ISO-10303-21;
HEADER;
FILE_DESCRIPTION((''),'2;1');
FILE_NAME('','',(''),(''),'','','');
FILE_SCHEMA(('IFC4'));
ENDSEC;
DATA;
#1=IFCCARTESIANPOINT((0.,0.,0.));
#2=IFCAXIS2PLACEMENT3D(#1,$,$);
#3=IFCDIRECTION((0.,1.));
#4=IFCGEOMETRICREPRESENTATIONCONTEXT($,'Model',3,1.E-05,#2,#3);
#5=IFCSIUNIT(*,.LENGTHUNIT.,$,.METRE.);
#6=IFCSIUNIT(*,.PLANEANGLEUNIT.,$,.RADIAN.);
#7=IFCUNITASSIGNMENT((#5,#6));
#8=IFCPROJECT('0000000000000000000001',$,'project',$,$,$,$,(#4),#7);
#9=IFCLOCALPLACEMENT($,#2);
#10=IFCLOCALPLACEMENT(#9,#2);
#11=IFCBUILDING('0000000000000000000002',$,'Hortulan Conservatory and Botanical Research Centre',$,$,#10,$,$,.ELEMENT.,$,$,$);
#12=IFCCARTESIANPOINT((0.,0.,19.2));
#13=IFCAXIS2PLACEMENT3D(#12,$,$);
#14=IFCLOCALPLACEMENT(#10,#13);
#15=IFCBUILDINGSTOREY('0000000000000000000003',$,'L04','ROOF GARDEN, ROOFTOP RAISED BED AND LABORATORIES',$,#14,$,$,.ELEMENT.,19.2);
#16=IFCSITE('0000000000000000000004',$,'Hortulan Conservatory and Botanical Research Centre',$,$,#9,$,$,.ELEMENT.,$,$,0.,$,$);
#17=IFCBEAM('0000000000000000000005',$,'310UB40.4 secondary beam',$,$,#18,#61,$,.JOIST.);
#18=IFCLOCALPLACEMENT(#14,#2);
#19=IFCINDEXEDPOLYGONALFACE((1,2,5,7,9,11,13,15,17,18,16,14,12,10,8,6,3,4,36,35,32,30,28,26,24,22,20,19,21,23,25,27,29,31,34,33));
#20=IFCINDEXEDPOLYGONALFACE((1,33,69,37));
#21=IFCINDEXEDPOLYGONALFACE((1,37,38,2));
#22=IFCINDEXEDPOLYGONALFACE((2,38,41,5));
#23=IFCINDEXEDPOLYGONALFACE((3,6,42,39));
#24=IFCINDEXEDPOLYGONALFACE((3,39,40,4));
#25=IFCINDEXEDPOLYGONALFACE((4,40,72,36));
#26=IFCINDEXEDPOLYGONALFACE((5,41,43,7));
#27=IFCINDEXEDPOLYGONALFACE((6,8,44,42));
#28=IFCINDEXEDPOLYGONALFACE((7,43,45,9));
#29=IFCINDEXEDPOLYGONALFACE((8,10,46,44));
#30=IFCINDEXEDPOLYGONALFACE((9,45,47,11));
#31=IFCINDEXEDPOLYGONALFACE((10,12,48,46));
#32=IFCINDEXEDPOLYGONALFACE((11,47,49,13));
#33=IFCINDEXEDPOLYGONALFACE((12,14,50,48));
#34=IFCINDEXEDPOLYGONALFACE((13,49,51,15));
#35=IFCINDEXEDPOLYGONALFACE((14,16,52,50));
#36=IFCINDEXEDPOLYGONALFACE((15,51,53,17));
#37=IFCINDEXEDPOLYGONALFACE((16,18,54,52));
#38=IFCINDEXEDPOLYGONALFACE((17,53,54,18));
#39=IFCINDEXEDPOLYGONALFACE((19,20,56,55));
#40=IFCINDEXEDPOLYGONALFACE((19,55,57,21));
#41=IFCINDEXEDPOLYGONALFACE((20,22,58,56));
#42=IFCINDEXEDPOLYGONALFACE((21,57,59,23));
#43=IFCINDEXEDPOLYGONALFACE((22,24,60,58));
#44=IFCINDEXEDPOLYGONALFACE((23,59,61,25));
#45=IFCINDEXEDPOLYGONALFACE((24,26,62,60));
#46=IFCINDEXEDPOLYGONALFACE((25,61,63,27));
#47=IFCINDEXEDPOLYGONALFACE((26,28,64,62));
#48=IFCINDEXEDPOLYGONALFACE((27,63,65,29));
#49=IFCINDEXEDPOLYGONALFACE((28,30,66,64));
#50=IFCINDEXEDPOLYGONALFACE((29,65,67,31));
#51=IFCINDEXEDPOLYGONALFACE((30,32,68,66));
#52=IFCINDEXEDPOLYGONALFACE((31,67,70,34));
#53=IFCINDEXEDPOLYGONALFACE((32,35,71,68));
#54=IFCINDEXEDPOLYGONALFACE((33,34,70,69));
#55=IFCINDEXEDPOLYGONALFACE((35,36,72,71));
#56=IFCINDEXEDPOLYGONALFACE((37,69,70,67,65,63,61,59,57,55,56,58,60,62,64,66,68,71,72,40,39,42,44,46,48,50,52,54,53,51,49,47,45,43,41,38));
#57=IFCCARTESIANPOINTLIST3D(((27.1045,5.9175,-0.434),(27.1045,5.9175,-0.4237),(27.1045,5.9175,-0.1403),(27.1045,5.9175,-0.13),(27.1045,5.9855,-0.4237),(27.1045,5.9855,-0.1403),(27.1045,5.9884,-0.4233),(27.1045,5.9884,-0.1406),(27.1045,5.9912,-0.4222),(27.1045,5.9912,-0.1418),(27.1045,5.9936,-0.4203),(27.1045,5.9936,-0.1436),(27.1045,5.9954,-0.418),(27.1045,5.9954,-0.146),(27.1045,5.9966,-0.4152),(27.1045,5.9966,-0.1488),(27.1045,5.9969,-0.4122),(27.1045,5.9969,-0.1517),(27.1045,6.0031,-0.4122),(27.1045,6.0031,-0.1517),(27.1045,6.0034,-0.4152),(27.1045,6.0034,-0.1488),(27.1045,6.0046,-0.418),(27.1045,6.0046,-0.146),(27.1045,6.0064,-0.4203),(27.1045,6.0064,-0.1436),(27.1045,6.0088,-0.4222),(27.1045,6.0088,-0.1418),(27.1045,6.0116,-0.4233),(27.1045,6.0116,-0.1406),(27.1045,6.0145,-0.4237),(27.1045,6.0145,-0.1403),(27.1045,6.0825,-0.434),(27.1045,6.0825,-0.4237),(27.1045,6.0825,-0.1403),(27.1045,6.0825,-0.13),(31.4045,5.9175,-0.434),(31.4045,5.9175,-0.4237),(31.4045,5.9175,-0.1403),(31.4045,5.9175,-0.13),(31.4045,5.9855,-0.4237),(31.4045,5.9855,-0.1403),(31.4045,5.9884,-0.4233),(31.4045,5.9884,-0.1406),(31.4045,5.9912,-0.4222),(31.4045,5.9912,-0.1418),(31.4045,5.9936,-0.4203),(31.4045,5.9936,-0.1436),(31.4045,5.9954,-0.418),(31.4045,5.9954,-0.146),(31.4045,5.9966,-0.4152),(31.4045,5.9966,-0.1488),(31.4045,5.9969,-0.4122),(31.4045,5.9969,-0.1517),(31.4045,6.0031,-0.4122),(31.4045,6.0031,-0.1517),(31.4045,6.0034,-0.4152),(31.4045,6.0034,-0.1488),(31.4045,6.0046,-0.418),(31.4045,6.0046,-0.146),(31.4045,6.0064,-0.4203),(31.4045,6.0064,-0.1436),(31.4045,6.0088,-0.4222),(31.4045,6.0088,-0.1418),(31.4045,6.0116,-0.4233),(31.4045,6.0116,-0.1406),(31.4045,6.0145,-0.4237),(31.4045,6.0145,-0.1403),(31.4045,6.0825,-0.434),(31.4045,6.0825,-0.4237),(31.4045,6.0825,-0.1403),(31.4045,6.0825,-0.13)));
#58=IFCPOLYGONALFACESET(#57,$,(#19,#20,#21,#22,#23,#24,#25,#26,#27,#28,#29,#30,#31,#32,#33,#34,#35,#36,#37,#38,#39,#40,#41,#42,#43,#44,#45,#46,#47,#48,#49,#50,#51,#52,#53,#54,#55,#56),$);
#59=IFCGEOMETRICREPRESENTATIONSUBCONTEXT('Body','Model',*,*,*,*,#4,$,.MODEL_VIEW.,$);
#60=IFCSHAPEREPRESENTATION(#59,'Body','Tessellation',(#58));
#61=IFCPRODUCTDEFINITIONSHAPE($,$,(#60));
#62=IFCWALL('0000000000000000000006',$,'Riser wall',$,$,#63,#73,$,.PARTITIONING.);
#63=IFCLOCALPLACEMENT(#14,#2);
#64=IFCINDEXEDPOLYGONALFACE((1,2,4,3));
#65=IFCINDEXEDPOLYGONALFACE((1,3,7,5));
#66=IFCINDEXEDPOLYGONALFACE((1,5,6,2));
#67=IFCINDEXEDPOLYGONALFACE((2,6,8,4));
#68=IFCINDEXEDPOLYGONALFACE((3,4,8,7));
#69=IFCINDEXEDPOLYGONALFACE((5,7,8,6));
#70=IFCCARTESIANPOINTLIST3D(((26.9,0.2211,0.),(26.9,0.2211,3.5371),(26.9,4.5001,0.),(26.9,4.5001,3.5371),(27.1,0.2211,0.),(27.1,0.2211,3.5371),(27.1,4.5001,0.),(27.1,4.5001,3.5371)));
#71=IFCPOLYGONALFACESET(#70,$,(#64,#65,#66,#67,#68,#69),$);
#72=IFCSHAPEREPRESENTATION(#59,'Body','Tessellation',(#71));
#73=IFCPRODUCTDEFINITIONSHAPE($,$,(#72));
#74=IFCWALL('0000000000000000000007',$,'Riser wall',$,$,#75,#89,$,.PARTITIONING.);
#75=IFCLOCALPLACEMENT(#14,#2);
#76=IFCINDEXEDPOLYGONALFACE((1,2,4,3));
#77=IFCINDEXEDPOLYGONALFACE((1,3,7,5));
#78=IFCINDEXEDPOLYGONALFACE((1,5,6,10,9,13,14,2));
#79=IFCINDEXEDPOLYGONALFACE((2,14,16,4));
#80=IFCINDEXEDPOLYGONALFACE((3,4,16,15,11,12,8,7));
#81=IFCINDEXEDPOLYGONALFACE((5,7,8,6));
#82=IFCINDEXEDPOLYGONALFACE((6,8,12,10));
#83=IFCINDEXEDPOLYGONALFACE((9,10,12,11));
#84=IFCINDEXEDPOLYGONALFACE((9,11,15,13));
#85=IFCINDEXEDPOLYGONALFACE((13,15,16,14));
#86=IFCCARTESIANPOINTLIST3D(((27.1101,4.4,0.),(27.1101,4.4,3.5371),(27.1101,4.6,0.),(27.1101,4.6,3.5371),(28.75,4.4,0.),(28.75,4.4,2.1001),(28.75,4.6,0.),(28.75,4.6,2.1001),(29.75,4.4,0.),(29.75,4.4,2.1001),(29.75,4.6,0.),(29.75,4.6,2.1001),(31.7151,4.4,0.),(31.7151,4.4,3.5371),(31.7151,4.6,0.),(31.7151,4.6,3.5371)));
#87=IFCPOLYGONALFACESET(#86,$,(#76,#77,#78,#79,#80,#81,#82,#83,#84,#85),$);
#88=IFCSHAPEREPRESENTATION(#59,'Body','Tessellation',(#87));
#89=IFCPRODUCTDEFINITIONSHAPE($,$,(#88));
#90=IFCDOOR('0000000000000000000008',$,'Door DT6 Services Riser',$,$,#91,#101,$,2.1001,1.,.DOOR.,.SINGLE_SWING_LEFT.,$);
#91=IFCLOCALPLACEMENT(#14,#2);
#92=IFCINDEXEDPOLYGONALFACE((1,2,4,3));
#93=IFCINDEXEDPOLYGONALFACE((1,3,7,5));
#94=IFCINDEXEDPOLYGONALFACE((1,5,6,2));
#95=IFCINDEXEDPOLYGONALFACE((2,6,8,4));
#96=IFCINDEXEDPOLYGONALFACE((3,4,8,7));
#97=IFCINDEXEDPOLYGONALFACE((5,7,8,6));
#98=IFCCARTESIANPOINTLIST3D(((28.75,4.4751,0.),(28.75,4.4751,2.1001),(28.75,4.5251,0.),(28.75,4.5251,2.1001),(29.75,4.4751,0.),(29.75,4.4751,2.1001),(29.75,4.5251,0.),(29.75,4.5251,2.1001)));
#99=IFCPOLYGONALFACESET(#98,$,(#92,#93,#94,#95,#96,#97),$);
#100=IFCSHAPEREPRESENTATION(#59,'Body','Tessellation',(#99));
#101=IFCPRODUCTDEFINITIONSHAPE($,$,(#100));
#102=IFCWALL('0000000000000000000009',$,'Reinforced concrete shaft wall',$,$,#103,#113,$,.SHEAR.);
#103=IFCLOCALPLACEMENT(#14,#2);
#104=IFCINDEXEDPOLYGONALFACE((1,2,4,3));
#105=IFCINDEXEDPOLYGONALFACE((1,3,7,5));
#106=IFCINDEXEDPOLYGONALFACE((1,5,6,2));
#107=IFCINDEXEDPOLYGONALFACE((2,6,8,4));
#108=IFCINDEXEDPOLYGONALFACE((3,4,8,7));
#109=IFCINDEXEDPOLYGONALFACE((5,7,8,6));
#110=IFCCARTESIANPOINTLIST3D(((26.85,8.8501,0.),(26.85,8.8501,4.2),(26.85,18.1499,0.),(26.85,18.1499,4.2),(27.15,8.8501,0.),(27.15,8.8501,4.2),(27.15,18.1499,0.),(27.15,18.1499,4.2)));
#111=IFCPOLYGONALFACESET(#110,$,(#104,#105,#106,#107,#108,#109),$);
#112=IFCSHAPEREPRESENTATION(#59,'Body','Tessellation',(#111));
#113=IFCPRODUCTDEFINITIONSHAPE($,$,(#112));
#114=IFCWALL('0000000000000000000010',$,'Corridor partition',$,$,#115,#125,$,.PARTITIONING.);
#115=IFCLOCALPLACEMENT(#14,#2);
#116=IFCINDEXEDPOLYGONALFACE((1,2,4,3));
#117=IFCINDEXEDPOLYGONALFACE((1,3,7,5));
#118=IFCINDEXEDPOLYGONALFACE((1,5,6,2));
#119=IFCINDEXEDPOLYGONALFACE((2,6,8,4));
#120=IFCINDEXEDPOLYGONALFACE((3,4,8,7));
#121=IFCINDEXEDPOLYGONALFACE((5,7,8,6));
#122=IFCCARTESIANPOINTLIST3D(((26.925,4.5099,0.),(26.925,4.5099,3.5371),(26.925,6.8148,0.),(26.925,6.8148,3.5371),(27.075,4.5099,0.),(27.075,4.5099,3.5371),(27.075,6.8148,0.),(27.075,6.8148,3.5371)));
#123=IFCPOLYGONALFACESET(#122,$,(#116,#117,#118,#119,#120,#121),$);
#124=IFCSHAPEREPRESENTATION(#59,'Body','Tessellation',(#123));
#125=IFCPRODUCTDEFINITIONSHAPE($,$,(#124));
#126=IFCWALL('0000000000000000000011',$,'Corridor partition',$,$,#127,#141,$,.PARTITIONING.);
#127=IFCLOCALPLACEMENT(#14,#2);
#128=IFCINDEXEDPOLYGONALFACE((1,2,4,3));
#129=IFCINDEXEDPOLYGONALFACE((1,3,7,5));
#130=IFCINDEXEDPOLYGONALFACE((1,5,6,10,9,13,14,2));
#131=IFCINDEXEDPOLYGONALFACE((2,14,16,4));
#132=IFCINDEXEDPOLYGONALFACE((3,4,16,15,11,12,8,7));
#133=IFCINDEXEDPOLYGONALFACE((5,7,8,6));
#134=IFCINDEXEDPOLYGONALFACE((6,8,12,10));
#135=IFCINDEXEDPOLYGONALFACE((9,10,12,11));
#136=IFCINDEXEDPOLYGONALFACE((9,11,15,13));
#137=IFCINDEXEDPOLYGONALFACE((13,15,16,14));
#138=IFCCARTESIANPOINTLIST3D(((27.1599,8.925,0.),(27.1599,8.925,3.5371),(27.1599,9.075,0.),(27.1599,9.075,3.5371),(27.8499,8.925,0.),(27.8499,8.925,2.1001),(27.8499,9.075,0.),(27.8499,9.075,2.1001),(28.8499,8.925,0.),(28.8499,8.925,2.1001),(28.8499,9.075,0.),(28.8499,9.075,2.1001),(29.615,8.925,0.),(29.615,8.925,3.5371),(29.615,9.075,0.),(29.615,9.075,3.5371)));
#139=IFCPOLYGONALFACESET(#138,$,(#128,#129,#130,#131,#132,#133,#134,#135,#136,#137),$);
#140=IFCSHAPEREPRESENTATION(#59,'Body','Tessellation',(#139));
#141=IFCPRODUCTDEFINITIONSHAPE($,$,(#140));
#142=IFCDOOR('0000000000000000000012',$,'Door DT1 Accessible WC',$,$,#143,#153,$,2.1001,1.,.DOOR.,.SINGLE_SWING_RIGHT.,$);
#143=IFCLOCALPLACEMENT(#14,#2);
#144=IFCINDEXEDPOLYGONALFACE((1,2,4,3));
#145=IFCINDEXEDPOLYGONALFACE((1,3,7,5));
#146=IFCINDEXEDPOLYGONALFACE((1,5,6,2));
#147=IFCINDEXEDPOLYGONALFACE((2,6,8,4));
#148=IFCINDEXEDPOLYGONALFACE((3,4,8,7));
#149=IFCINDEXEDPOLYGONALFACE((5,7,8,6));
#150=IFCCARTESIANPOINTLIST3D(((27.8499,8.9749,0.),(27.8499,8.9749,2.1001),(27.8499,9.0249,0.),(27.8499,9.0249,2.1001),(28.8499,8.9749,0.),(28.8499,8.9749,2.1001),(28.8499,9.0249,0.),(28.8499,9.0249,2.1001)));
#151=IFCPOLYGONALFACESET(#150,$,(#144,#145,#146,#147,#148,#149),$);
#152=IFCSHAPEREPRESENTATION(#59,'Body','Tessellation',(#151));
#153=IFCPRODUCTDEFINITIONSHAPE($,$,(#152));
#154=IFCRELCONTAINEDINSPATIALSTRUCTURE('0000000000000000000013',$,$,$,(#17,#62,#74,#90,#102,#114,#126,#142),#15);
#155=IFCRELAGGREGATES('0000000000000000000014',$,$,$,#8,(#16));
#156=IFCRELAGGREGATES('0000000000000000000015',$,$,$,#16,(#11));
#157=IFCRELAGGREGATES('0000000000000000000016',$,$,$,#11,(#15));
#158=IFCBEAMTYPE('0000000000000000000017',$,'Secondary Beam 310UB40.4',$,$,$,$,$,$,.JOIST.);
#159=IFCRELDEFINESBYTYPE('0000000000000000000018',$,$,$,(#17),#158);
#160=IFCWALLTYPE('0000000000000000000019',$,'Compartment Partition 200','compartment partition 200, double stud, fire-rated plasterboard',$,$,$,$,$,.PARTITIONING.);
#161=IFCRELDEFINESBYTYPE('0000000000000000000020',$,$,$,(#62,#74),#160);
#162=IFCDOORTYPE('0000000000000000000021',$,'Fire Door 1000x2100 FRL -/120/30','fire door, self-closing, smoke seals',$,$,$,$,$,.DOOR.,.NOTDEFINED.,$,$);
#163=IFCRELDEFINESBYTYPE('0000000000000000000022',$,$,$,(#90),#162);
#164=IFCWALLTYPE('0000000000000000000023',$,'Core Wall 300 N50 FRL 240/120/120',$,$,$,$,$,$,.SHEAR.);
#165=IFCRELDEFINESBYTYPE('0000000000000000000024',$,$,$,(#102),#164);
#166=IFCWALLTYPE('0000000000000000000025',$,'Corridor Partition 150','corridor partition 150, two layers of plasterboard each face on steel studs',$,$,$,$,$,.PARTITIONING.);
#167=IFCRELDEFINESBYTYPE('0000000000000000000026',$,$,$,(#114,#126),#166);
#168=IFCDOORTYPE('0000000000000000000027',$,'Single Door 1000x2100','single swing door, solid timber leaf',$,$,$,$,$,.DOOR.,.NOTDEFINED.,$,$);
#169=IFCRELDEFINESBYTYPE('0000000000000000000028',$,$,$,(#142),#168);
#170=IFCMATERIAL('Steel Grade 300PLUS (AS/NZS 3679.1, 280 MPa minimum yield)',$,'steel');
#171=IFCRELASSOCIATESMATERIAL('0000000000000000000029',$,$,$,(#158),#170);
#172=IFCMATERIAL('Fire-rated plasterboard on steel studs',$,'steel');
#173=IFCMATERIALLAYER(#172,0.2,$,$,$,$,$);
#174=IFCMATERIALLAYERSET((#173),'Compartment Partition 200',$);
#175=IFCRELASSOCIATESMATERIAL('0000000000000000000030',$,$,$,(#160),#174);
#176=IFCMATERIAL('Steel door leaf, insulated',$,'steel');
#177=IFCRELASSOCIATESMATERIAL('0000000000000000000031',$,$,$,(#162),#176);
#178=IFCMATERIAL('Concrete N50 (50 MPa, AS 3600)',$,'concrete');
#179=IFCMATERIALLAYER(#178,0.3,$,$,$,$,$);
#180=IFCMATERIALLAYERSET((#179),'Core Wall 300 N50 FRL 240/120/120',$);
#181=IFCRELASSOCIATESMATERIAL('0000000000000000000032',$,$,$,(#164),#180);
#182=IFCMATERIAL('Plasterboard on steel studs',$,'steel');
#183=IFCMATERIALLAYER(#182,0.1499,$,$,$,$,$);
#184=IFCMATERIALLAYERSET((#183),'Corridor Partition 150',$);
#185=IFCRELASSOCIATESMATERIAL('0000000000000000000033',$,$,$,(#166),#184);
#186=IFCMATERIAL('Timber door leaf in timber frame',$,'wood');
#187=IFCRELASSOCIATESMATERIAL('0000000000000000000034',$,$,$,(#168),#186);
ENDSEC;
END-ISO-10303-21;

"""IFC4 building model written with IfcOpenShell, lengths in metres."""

from ifc_helpers import new_model, si_unit, direction, frame, frame_2d, origin, origin_2d, place, context, subcontext, project, spatial, rectangle, i_section, extrude, material, layer, layer_set, material_profile, profile_set, type_object, element, fill, save


model = new_model("IFC4")

# Units and contexts
model_context = context("Model", 3, precision=1e-05, world=origin(), true_north=direction((0.0, 1.0)))
body_context = subcontext(model_context, "Body", "Model", "MODEL_VIEW")
ifc_project = project(units=[si_unit("LENGTHUNIT", "METRE"), si_unit("PLANEANGLEUNIT", "RADIAN")], contexts=[model_context])

# Site, building, storey
site_placement = place(None, origin())
site = spatial("IfcSite", under=ifc_project, at=site_placement, Name="Hortulan Conservatory and Botanical Research Centre", CompositionType="ELEMENT", RefElevation=0.0)
building_placement = place(site_placement, origin())
building = spatial("IfcBuilding", under=site, at=building_placement, Name="Hortulan Conservatory and Botanical Research Centre", CompositionType="ELEMENT")
storey_placement = place(building_placement, frame((0.0, 0.0, 19.2)))
storey = spatial("IfcBuildingStorey", under=building, at=storey_placement, Name="L04", Description="ROOF GARDEN, ROOFTOP RAISED BED AND LABORATORIES", CompositionType="ELEMENT", Elevation=19.2)

# Beam
ifc_material_1 = material(Name="Steel Grade 300PLUS (AS/NZS 3679.1, 280 MPa minimum yield)", Category="steel")
ifc_material_profile_1 = material_profile(ifc_material_1, i_section(OverallWidth=0.165, OverallDepth=0.304, WebThickness=0.0061, FlangeThickness=0.0103, FilletRadius=0.0115, at=origin_2d()), Name="310UB40.4")
ifc_profile_set_1 = profile_set([ifc_material_profile_1], Name="Steel Grade 300PLUS (AS/NZS 3679.1, 280 MPa minimum yield)")
beam_type_1 = type_object("IfcBeamType", Name="Secondary Beam 310UB40.4", PredefinedType="JOIST", material=ifc_profile_set_1)
for number, where, z_axis, x_axis, name in (
    (1, (27.1045, 6.0, -0.282), (1.0, 0.0, 0.0), (0.0, 1.0, 0.0), "310UB40.4 secondary beam"),
):
    element("IfcBeam", number, at=place(storey_placement, frame(where, z_axis=z_axis, x_axis=x_axis)), inside=storey, type_object=beam_type_1, Name=name, PredefinedType="JOIST", context=body_context, shape_type="SweptSolid", body=[
        extrude(i_section(OverallWidth=0.165, OverallDepth=0.304, WebThickness=0.0061, FlangeThickness=0.0103, FilletRadius=0.0115, at=origin_2d()), origin(), (0.0, 0.0, 1.0), 4.3),
    ])

# Wall
ifc_material_2 = material(Name="Fire-rated plasterboard on steel studs", Category="steel")
ifc_layer_1 = layer(ifc_material_2, 0.2)
ifc_layer_set_1 = layer_set([ifc_layer_1], Name="Compartment Partition 200")
wall_type_1 = type_object("IfcWallType", Name="Compartment Partition 200", Description="compartment partition 200, double stud, fire-rated plasterboard", PredefinedType="PARTITIONING", material=ifc_layer_set_1)
wall_1_placement = place(storey_placement, frame((27.0, 0.2209, 0.0), z_axis=(0.0, 0.0, 1.0), x_axis=(0.0, 1.0, 0.0)))
element("IfcWall", 2, at=wall_1_placement, inside=storey, type_object=wall_type_1, Name="Riser wall", PredefinedType="PARTITIONING", context=body_context, shape_type="SweptSolid", body=[
    extrude(rectangle(XDim=4.2791, YDim=0.2, at=frame_2d((2.1396, 0.0))), origin(), (0.0, 0.0, 1.0), 3.5371),
])

# Wall, opening, door
wall_2_placement = place(storey_placement, frame((27.1101, 4.5, 0.0), z_axis=(0.0, 0.0, 1.0), x_axis=(1.0, 0.0, 0.0)))
wall_2 = element("IfcWall", 3, at=wall_2_placement, inside=storey, type_object=wall_type_1, Name="Riser wall", PredefinedType="PARTITIONING", context=body_context, shape_type="SweptSolid", body=[
    extrude(rectangle(XDim=4.605, YDim=0.2, at=frame_2d((2.3025, 0.0))), origin(), (0.0, 0.0, 1.0), 3.5371),
])
opening_1_placement = place(wall_2_placement, frame((1.6399, 0.0, 0.0)))
opening_1 = element("IfcOpeningElement", 4, at=opening_1_placement, cuts=wall_2, PredefinedType="OPENING", context=body_context, shape_type="SweptSolid", body=[
    extrude(rectangle(XDim=1.0, YDim=2.1001, at=frame_2d((0.5, 1.05))), frame((0.0, 0.1099, 0.0), z_axis=(0.0, -1.0, 0.0), x_axis=(1.0, 0.0, 0.0)), (0.0, 0.0, 1.0), 0.22),
])
ifc_material_3 = material(Name="Steel door leaf, insulated", Category="steel")
door_type_1 = type_object("IfcDoorType", Name="Fire Door 1000x2100 FRL -/120/30", Description="fire door, self-closing, smoke seals", OperationType="NOTDEFINED", PredefinedType="DOOR", material=ifc_material_3)
door_1_placement = place(opening_1_placement, frame((1.0, 0.0, 0.0), z_axis=(0.0, 0.0, 1.0), x_axis=(-1.0, 0.0, 0.0)))
door_1 = element("IfcDoor", 5, at=door_1_placement, inside=storey, type_object=door_type_1, Name="Door DT6 Services Riser", OperationType="SINGLE_SWING_LEFT", OverallHeight=2.1001, OverallWidth=1.0, PredefinedType="DOOR", context=body_context, shape_type="SweptSolid", body=[
    extrude(rectangle(XDim=1.0, YDim=2.1001, at=frame_2d((0.5, 1.05))), frame((0.0, 0.0249, 0.0), z_axis=(0.0, -1.0, 0.0), x_axis=(1.0, 0.0, 0.0)), (0.0, 0.0, 1.0), 0.05),
])
fill(opening_1, door_1)

# Walls
ifc_material_4 = material(Name="Concrete N50 (50 MPa, AS 3600)", Category="concrete")
ifc_layer_2 = layer(ifc_material_4, 0.3)
ifc_layer_set_2 = layer_set([ifc_layer_2], Name="Core Wall 300 N50 FRL 240/120/120")
wall_type_2 = type_object("IfcWallType", Name="Core Wall 300 N50 FRL 240/120/120", PredefinedType="SHEAR", material=ifc_layer_set_2)
wall_3_placement = place(storey_placement, frame((27.0, 8.8501, 0.0), z_axis=(0.0, 0.0, 1.0), x_axis=(0.0, 1.0, 0.0)))
element("IfcWall", 6, at=wall_3_placement, inside=storey, type_object=wall_type_2, Name="Reinforced concrete shaft wall", PredefinedType="SHEAR", context=body_context, shape_type="SweptSolid", body=[
    extrude(rectangle(XDim=9.2998, YDim=0.3, at=frame_2d((4.6499, 0.0))), origin(), (0.0, 0.0, 1.0), 4.2),
])
ifc_material_5 = material(Name="Plasterboard on steel studs", Category="steel")
ifc_layer_3 = layer(ifc_material_5, 0.1499)
ifc_layer_set_3 = layer_set([ifc_layer_3], Name="Corridor Partition 150")
wall_type_3 = type_object("IfcWallType", Name="Corridor Partition 150", Description="corridor partition 150, two layers of plasterboard each face on steel studs", PredefinedType="PARTITIONING", material=ifc_layer_set_3)
wall_4_placement = place(storey_placement, frame((27.0, 4.51, 0.0), z_axis=(0.0, 0.0, 1.0), x_axis=(0.0, 1.0, 0.0)))
element("IfcWall", 7, at=wall_4_placement, inside=storey, type_object=wall_type_3, Name="Corridor partition", PredefinedType="PARTITIONING", context=body_context, shape_type="SweptSolid", body=[
    extrude(rectangle(XDim=2.3049, YDim=0.1499, at=frame_2d((1.1523, 0.0))), origin(), (0.0, 0.0, 1.0), 3.5371),
])

# Wall, opening, door
wall_5_placement = place(storey_placement, frame((27.1599, 9.0, 0.0), z_axis=(0.0, 0.0, 1.0), x_axis=(1.0, 0.0, 0.0)))
wall_5 = element("IfcWall", 8, at=wall_5_placement, inside=storey, type_object=wall_type_3, Name="Corridor partition", PredefinedType="PARTITIONING", context=body_context, shape_type="SweptSolid", body=[
    extrude(rectangle(XDim=2.4551, YDim=0.1499, at=frame_2d((1.2275, 0.0))), origin(), (0.0, 0.0, 1.0), 3.5371),
])
opening_2_placement = place(wall_5_placement, frame((0.6899, 0.0, 0.0)))
opening_2 = element("IfcOpeningElement", 9, at=opening_2_placement, cuts=wall_5, PredefinedType="OPENING", context=body_context, shape_type="SweptSolid", body=[
    extrude(rectangle(XDim=1.0, YDim=2.1001, at=frame_2d((0.5, 1.05))), frame((0.0, 0.085, 0.0), z_axis=(0.0, -1.0, 0.0), x_axis=(1.0, 0.0, 0.0)), (0.0, 0.0, 1.0), 0.1699),
])
ifc_material_6 = material(Name="Timber door leaf in timber frame", Category="wood")
door_type_2 = type_object("IfcDoorType", Name="Single Door 1000x2100", Description="single swing door, solid timber leaf", OperationType="NOTDEFINED", PredefinedType="DOOR", material=ifc_material_6)
door_2_placement = place(opening_2_placement, origin())
door_2 = element("IfcDoor", 10, at=door_2_placement, inside=storey, type_object=door_type_2, Name="Door DT1 Accessible WC", OperationType="SINGLE_SWING_RIGHT", OverallHeight=2.1001, OverallWidth=1.0, PredefinedType="DOOR", context=body_context, shape_type="SweptSolid", body=[
    extrude(rectangle(XDim=1.0, YDim=2.1001, at=frame_2d((0.5, 1.05))), frame((0.0, 0.0249, 0.0), z_axis=(0.0, -1.0, 0.0), x_axis=(1.0, 0.0, 0.0)), (0.0, 0.0, 1.0), 0.05),
])
fill(opening_2, door_2)

save(model, "model.ifc")
